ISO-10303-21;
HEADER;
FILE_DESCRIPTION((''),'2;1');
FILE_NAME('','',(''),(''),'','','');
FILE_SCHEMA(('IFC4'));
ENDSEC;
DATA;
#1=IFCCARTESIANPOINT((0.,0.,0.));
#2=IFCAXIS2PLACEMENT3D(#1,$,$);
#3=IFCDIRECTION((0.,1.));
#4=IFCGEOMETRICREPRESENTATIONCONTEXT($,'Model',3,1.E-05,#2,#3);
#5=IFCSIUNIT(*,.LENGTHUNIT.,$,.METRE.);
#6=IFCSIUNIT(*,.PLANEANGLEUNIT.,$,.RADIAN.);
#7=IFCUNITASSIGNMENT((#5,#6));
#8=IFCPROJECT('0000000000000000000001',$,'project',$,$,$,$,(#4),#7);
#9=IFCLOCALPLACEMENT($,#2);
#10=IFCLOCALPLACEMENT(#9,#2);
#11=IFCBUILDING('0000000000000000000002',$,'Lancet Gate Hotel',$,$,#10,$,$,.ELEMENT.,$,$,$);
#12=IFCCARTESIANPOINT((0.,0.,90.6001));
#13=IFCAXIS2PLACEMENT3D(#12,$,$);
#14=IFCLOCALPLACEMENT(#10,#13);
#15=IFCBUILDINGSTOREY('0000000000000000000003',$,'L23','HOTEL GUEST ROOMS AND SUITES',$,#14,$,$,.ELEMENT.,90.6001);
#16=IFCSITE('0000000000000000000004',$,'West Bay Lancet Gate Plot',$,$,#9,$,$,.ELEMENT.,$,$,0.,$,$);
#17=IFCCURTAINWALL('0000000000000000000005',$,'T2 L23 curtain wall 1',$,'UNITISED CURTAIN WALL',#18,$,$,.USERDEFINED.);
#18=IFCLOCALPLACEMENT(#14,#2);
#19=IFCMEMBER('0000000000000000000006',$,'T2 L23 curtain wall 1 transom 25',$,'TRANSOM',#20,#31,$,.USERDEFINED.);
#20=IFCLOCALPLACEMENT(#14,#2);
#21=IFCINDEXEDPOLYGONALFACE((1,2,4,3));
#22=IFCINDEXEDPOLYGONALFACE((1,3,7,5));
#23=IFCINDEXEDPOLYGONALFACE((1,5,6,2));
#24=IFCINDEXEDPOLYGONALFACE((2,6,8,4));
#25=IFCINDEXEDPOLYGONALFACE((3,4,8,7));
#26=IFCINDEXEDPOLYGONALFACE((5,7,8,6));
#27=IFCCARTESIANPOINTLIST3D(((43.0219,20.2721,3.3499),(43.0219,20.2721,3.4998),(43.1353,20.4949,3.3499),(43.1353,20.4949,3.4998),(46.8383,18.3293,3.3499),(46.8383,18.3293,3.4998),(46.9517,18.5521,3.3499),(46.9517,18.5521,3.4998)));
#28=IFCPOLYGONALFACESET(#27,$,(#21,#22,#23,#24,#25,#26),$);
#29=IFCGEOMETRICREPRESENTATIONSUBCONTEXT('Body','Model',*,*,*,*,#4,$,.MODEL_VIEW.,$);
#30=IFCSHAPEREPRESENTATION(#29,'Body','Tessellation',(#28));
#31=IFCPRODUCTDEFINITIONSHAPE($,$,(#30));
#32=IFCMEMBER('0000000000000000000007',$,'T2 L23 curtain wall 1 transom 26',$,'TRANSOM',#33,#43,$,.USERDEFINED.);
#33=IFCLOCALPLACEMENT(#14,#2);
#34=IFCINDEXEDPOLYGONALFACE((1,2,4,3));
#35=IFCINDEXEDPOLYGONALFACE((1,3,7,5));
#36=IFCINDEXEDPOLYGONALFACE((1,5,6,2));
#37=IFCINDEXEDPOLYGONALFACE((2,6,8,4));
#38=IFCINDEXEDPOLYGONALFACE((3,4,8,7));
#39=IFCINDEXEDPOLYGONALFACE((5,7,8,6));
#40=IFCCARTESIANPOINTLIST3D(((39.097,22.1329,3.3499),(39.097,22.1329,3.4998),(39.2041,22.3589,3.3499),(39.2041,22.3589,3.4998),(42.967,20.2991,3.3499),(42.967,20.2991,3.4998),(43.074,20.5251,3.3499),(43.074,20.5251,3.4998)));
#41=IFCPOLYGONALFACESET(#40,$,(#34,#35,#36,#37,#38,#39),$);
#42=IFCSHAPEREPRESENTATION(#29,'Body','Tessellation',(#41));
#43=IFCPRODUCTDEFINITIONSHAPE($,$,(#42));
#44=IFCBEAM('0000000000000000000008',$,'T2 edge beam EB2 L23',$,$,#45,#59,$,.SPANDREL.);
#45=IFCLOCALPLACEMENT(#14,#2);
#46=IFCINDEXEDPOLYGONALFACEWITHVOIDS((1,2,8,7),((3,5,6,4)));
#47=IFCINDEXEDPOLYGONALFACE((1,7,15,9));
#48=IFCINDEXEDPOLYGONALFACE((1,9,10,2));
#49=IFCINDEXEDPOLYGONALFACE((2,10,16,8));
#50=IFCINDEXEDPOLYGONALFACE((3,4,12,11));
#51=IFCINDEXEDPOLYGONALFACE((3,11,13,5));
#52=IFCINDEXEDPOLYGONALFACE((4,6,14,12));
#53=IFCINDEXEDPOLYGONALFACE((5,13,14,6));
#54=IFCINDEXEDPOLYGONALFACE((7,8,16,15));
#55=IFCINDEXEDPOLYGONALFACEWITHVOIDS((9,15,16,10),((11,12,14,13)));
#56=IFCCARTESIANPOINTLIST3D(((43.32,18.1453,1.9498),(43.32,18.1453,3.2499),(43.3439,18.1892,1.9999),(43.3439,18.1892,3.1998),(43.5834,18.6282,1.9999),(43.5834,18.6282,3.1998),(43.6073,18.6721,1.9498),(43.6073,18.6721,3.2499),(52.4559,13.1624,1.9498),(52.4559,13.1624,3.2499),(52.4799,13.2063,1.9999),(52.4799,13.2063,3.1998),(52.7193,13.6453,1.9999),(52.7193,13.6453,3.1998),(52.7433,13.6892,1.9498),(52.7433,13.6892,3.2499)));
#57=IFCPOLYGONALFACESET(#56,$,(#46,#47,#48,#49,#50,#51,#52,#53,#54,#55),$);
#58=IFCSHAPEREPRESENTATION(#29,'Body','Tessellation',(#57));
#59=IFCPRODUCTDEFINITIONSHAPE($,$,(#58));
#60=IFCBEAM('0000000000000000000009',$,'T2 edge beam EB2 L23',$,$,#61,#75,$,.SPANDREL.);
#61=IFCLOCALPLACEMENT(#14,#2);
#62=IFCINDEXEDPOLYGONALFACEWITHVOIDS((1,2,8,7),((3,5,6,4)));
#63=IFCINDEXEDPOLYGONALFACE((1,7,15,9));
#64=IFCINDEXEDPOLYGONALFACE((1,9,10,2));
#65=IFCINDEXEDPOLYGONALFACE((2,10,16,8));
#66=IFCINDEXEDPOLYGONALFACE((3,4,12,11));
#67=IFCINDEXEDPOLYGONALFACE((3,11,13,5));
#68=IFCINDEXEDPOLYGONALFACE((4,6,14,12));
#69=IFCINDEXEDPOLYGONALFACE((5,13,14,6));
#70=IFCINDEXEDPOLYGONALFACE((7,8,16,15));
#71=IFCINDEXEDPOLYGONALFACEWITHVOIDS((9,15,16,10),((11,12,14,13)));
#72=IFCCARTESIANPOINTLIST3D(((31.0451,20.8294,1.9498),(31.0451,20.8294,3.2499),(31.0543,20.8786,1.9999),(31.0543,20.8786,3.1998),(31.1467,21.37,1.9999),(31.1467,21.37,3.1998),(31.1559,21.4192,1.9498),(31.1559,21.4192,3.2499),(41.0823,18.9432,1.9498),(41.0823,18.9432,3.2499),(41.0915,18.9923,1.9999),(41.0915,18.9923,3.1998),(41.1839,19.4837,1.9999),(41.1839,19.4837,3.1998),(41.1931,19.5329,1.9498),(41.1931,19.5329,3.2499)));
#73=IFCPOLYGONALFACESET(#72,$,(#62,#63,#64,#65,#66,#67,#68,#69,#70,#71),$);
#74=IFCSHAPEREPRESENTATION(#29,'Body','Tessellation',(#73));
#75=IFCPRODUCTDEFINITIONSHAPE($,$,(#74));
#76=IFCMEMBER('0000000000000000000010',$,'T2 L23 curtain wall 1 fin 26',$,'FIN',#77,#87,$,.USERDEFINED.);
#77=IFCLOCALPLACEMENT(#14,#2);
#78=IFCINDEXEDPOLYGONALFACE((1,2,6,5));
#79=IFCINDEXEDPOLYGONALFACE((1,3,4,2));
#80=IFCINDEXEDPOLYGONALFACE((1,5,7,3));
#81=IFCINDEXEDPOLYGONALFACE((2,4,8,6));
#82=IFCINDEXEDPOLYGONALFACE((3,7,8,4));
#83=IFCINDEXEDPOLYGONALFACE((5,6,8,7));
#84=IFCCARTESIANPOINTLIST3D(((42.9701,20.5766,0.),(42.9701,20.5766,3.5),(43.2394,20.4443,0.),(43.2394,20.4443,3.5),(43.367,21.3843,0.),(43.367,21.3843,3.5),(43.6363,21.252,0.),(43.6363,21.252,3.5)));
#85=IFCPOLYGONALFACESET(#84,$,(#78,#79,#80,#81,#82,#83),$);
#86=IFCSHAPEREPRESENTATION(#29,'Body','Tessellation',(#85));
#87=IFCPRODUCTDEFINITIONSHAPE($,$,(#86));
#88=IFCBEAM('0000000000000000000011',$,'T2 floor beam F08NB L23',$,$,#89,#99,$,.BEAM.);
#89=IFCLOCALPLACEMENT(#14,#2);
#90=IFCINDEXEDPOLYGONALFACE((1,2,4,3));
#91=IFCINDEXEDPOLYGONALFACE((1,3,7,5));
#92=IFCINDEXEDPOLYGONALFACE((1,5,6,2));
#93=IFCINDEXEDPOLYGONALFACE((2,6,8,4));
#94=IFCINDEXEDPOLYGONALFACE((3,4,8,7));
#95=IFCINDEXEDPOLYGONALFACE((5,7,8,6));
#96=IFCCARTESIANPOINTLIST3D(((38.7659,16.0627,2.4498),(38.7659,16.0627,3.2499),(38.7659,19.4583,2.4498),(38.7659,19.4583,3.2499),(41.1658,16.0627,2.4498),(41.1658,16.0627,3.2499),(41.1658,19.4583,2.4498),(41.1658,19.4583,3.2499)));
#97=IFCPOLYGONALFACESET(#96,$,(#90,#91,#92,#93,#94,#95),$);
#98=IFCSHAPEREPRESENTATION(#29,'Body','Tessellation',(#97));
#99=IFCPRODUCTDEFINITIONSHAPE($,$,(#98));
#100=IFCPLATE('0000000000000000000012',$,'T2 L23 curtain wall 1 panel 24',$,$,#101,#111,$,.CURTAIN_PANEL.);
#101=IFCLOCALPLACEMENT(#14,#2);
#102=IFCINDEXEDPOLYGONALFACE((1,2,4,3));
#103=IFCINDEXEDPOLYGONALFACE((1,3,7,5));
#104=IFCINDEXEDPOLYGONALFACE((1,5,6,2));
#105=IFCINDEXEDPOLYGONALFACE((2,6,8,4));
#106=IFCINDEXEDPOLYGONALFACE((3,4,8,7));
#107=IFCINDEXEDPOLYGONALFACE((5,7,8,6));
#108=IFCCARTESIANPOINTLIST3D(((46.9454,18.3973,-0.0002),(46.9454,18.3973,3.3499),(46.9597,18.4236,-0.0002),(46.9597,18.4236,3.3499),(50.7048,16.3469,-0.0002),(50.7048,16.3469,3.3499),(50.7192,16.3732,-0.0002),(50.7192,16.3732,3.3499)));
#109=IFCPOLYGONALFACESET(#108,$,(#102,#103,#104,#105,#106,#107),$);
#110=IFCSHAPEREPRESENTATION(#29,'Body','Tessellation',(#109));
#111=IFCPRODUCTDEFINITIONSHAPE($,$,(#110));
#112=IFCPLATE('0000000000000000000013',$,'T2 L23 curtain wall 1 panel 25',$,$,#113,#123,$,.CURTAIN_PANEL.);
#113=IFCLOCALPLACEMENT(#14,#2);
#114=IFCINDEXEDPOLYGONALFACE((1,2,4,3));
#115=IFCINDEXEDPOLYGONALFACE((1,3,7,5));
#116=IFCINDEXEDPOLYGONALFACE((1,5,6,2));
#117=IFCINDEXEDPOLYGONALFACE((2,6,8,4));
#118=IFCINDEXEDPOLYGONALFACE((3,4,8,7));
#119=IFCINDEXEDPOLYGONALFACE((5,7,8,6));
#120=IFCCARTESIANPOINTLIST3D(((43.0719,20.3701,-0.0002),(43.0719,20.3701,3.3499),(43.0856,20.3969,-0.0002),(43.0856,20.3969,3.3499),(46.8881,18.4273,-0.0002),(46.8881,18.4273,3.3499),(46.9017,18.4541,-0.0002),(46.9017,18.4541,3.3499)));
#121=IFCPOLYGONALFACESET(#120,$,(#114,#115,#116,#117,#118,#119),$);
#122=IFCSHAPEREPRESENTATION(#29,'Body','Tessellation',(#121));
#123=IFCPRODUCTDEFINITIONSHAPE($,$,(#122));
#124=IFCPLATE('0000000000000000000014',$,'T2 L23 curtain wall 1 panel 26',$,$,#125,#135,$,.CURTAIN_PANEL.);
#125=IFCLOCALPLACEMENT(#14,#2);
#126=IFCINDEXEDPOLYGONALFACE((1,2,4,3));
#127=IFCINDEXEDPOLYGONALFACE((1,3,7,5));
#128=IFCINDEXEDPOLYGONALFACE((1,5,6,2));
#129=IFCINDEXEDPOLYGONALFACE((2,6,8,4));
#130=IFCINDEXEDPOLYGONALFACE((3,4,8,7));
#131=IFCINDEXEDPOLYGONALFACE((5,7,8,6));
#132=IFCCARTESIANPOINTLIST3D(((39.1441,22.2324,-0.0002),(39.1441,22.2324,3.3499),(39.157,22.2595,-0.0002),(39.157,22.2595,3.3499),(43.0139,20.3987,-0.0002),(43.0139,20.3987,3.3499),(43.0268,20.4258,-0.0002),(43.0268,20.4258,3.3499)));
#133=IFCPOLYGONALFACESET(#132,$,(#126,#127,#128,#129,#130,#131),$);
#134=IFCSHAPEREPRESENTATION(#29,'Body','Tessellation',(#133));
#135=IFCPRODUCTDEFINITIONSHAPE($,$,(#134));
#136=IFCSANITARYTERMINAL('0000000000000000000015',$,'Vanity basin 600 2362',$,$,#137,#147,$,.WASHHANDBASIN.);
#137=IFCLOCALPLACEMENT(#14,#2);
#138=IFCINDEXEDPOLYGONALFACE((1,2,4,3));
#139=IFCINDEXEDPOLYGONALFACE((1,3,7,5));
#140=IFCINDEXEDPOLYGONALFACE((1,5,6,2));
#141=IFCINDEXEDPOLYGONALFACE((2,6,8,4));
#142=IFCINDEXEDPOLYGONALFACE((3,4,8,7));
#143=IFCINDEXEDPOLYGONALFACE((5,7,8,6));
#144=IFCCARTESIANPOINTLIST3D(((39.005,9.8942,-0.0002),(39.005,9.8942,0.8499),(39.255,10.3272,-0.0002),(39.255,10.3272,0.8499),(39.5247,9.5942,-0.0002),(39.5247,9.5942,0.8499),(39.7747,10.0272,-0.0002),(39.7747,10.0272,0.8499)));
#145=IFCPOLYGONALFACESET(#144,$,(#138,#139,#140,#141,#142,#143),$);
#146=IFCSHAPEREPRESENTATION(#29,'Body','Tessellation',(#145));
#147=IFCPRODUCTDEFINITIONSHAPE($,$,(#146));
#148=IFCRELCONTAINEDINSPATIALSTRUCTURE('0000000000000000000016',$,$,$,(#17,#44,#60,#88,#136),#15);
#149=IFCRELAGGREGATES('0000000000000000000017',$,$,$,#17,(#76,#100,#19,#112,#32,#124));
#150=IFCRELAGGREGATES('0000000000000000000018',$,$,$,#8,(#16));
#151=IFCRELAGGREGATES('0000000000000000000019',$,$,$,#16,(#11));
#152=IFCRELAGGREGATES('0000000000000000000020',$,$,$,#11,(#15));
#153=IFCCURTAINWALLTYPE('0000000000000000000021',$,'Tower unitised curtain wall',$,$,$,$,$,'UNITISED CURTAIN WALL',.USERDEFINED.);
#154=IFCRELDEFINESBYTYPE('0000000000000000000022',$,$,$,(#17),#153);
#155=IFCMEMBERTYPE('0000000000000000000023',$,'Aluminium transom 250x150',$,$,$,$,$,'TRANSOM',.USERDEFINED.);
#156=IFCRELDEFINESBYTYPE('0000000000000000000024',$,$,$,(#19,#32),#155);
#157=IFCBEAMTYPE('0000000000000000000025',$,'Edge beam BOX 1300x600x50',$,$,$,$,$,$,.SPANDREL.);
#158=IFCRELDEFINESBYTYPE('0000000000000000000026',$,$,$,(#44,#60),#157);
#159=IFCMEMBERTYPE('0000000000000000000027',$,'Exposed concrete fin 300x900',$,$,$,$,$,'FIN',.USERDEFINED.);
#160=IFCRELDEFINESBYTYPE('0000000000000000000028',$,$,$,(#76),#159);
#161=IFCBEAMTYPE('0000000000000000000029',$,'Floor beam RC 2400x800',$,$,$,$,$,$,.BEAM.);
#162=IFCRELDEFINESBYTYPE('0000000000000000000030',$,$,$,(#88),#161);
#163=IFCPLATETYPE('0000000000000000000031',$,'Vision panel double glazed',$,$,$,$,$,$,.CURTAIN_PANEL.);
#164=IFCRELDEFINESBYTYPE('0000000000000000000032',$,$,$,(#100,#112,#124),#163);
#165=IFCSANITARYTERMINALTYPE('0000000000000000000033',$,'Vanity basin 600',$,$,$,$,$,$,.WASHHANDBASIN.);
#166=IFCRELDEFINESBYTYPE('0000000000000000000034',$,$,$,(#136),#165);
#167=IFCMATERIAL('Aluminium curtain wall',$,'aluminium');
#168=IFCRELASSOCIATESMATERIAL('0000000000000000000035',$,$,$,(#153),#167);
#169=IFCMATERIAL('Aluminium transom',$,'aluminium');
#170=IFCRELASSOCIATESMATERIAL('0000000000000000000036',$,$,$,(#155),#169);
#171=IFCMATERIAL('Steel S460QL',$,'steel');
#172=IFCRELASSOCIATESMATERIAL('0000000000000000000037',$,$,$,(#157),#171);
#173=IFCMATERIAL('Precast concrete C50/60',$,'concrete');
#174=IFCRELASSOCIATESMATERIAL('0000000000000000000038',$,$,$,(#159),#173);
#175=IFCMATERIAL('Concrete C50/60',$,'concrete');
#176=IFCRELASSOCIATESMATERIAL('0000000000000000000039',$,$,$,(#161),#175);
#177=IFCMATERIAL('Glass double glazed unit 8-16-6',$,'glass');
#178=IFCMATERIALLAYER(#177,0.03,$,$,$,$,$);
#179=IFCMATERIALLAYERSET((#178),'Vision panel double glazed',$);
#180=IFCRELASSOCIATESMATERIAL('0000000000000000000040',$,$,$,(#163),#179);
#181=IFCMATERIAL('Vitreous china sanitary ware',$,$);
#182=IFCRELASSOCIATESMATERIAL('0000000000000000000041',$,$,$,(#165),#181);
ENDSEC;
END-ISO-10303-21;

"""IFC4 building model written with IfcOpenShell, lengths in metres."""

from ifc_helpers import new_model, si_unit, direction, frame, origin, origin_2d, place, context, subcontext, project, spatial, rectangle, hollow_rectangle, extrude, material, layer, layer_set, material_profile, profile_set, type_object, element, aggregate, save


model = new_model("IFC4")

# Units and contexts
model_context = context("Model", 3, precision=1e-05, world=origin(), true_north=direction((0.0, 1.0)))
body_context = subcontext(model_context, "Body", "Model", "MODEL_VIEW")
ifc_project = project(units=[si_unit("LENGTHUNIT", "METRE"), si_unit("PLANEANGLEUNIT", "RADIAN")], contexts=[model_context])

# Site, building, storey
site_placement = place(None, origin())
site = spatial("IfcSite", under=ifc_project, at=site_placement, Name="West Bay Lancet Gate Plot", CompositionType="ELEMENT", RefElevation=0.0)
building_placement = place(site_placement, origin())
building = spatial("IfcBuilding", under=site, at=building_placement, Name="Lancet Gate Hotel", CompositionType="ELEMENT")
storey_placement = place(building_placement, frame((0.0, 0.0, 90.6001)))
storey = spatial("IfcBuildingStorey", under=building, at=storey_placement, Name="L23", Description="HOTEL GUEST ROOMS AND SUITES", CompositionType="ELEMENT", Elevation=90.6001)

# Curtain wall, members
ifc_material_1 = material(Name="Aluminium curtain wall", Category="aluminium")
curtain_wall_type = type_object("IfcCurtainWallType", Name="Tower unitised curtain wall", ElementType="UNITISED CURTAIN WALL", PredefinedType="USERDEFINED", material=ifc_material_1)
curtain_wall_placement = place(storey_placement, origin())
curtain_wall = element("IfcCurtainWall", 1, at=curtain_wall_placement, inside=storey, type_object=curtain_wall_type, Name="T2 L23 curtain wall 1", ObjectType="UNITISED CURTAIN WALL", PredefinedType="USERDEFINED")
ifc_material_2 = material(Name="Aluminium transom", Category="aluminium")
ifc_material_profile_1 = material_profile(ifc_material_2, rectangle(XDim=0.25, YDim=0.1499, at=origin_2d()), Name="TRANSOM 250x150")
ifc_profile_set_1 = profile_set([ifc_material_profile_1], Name="Aluminium transom")
member_type_1 = type_object("IfcMemberType", Name="Aluminium transom 250x150", ElementType="TRANSOM", PredefinedType="USERDEFINED", material=ifc_profile_set_1)
member_1_placement = place(storey_placement, frame((46.895, 18.4407, 3.4248), z_axis=(-0.891166, 0.453678, 0.0), x_axis=(-0.453678, -0.891166, 0.0)))
member_1 = element("IfcMember", 2, at=member_1_placement, type_object=member_type_1, Name="T2 L23 curtain wall 1 transom 25", ObjectType="TRANSOM", PredefinedType="USERDEFINED", context=body_context, shape_type="SweptSolid", body=[
    extrude(rectangle(XDim=0.25, YDim=0.1499, at=origin_2d()), origin(), (0.0, 0.0, 1.0), 4.2825),
])
member_2_placement = place(storey_placement, frame((43.0205, 20.4121, 3.4248), z_axis=(-0.90368, 0.428209, 0.0), x_axis=(-0.428209, -0.90368, 0.0)))
member_2 = element("IfcMember", 3, at=member_2_placement, type_object=member_type_1, Name="T2 L23 curtain wall 1 transom 26", ObjectType="TRANSOM", PredefinedType="USERDEFINED", context=body_context, shape_type="SweptSolid", body=[
    extrude(rectangle(XDim=0.25, YDim=0.1499, at=origin_2d()), origin(), (0.0, 0.0, 1.0), 4.2825),
])

# Beams
ifc_material_3 = material(Name="Steel S460QL", Category="steel")
ifc_material_profile_2 = material_profile(ifc_material_3, hollow_rectangle(XDim=0.6001, YDim=1.3, WallThickness=0.05, at=origin_2d()), Name="BOX 1300x600x50")
ifc_profile_set_2 = profile_set([ifc_material_profile_2], Name="Steel S460QL")
beam_type_1 = type_object("IfcBeamType", Name="Edge beam BOX 1300x600x50", PredefinedType="SPANDREL", material=ifc_profile_set_2)
beam_1_placement = place(storey_placement, frame((52.5996, 13.4258, 2.5999), z_axis=(-0.87791, 0.478826, 0.0), x_axis=(-0.478826, -0.87791, 0.0)))
element("IfcBeam", 4, at=beam_1_placement, inside=storey, type_object=beam_type_1, Name="T2 edge beam EB2 L23", PredefinedType="SPANDREL", context=body_context, shape_type="SweptSolid", body=[
    extrude(hollow_rectangle(XDim=0.6001, YDim=1.3, WallThickness=0.05, at=origin_2d()), origin(), (0.0, 0.0, 1.0), 10.4065),
])
beam_2_placement = place(storey_placement, frame((41.1377, 19.238, 2.5999), z_axis=(-0.982796, 0.184693, 0.0), x_axis=(-0.184693, -0.982796, 0.0)))
element("IfcBeam", 5, at=beam_2_placement, inside=storey, type_object=beam_type_1, Name="T2 edge beam EB2 L23", PredefinedType="SPANDREL", context=body_context, shape_type="SweptSolid", body=[
    extrude(hollow_rectangle(XDim=0.6001, YDim=1.3, WallThickness=0.05, at=origin_2d()), origin(), (0.0, 0.0, 1.0), 10.2129),
])

# Member
ifc_material_4 = material(Name="Precast concrete C50/60", Category="concrete")
ifc_material_profile_3 = material_profile(ifc_material_4, rectangle(XDim=0.3, YDim=0.8999, at=origin_2d()), Name="FIN 300x900")
ifc_profile_set_3 = profile_set([ifc_material_profile_3], Name="Precast concrete C50/60")
member_type_2 = type_object("IfcMemberType", Name="Exposed concrete fin 300x900", ElementType="FIN", PredefinedType="USERDEFINED", material=ifc_profile_set_3)
member_3_placement = place(storey_placement, frame((43.3032, 20.9143, 0.0), z_axis=(0.0, 0.0, 1.0), x_axis=(-0.897512, 0.44099, 0.0)))
member_3 = element("IfcMember", 6, at=member_3_placement, type_object=member_type_2, Name="T2 L23 curtain wall 1 fin 26", ObjectType="FIN", PredefinedType="USERDEFINED", context=body_context, shape_type="SweptSolid", body=[
    extrude(rectangle(XDim=0.3, YDim=0.8999, at=origin_2d()), origin(), (0.0, 0.0, 1.0), 3.5),
])

# Beam
ifc_material_5 = material(Name="Concrete C50/60", Category="concrete")
ifc_material_profile_4 = material_profile(ifc_material_5, rectangle(XDim=2.3999, YDim=0.8, at=origin_2d()), Name="RC 2400x800")
ifc_profile_set_4 = profile_set([ifc_material_profile_4], Name="Concrete C50/60")
beam_type_2 = type_object("IfcBeamType", Name="Floor beam RC 2400x800", PredefinedType="BEAM", material=ifc_profile_set_4)
beam_3_placement = place(storey_placement, frame((39.9658, 16.0627, 2.8499), z_axis=(0.0, 1.0, 0.0), x_axis=(-1.0, 0.0, 0.0)))
element("IfcBeam", 7, at=beam_3_placement, inside=storey, type_object=beam_type_2, Name="T2 floor beam F08NB L23", PredefinedType="BEAM", context=body_context, shape_type="SweptSolid", body=[
    extrude(rectangle(XDim=2.3999, YDim=0.8, at=origin_2d()), origin(), (0.0, 0.0, 1.0), 3.3955),
])

# Plates
ifc_material_6 = material(Name="Glass double glazed unit 8-16-6", Category="glass")
ifc_layer = layer(ifc_material_6, 0.03)
ifc_layer_set = layer_set([ifc_layer], Name="Vision panel double glazed")
plate_type = type_object("IfcPlateType", Name="Vision panel double glazed", PredefinedType="CURTAIN_PANEL", material=ifc_layer_set)
plate_1_placement = place(storey_placement, frame((48.8323, 17.3853, -0.0002), z_axis=(0.0, 0.0, 1.0), x_axis=(-0.877916, 0.478814, 0.0)))
plate_1 = element("IfcPlate", 8, at=plate_1_placement, type_object=plate_type, Name="T2 L23 curtain wall 1 panel 24", PredefinedType="CURTAIN_PANEL", context=body_context, shape_type="SweptSolid", body=[
    extrude(rectangle(XDim=4.2822, YDim=0.03, at=origin_2d()), origin(), (0.0, 0.0, 1.0), 3.3501),
])
plate_2_placement = place(storey_placement, frame((44.9868, 19.4121, -0.0002), z_axis=(0.0, 0.0, 1.0), x_axis=(-0.891159, 0.45369, 0.0)))
plate_2 = element("IfcPlate", 9, at=plate_2_placement, type_object=plate_type, Name="T2 L23 curtain wall 1 panel 25", PredefinedType="CURTAIN_PANEL", context=body_context, shape_type="SweptSolid", body=[
    extrude(rectangle(XDim=4.2822, YDim=0.03, at=origin_2d()), origin(), (0.0, 0.0, 1.0), 3.3501),
])
plate_3_placement = place(storey_placement, frame((41.0854, 21.3291, -0.0002), z_axis=(0.0, 0.0, 1.0), x_axis=(-0.903683, 0.428201, 0.0)))
plate_3 = element("IfcPlate", 10, at=plate_3_placement, type_object=plate_type, Name="T2 L23 curtain wall 1 panel 26", PredefinedType="CURTAIN_PANEL", context=body_context, shape_type="SweptSolid", body=[
    extrude(rectangle(XDim=4.2822, YDim=0.03, at=origin_2d()), origin(), (0.0, 0.0, 1.0), 3.3501),
])
aggregate(curtain_wall, [member_3, plate_1, member_1, plate_2, member_2, plate_3])

# Sanitary terminal
ifc_material_7 = material(Name="Vitreous china sanitary ware")
sanitary_terminal_type = type_object("IfcSanitaryTerminalType", Name="Vanity basin 600", PredefinedType="WASHHANDBASIN", material=ifc_material_7)
sanitary_terminal_placement = place(storey_placement, frame((39.3899, 9.9607, -0.0002), z_axis=(0.0, 0.0, 1.0), x_axis=(-0.866025, 0.5, 0.0)))
element("IfcSanitaryTerminal", 11, at=sanitary_terminal_placement, inside=storey, type_object=sanitary_terminal_type, Name="Vanity basin 600 2362", PredefinedType="WASHHANDBASIN", context=body_context, shape_type="SweptSolid", body=[
    extrude(rectangle(XDim=0.6001, YDim=0.5, at=origin_2d()), origin(), (0.0, 0.0, 1.0), 0.8501),
])

save(model, "model.ifc")
